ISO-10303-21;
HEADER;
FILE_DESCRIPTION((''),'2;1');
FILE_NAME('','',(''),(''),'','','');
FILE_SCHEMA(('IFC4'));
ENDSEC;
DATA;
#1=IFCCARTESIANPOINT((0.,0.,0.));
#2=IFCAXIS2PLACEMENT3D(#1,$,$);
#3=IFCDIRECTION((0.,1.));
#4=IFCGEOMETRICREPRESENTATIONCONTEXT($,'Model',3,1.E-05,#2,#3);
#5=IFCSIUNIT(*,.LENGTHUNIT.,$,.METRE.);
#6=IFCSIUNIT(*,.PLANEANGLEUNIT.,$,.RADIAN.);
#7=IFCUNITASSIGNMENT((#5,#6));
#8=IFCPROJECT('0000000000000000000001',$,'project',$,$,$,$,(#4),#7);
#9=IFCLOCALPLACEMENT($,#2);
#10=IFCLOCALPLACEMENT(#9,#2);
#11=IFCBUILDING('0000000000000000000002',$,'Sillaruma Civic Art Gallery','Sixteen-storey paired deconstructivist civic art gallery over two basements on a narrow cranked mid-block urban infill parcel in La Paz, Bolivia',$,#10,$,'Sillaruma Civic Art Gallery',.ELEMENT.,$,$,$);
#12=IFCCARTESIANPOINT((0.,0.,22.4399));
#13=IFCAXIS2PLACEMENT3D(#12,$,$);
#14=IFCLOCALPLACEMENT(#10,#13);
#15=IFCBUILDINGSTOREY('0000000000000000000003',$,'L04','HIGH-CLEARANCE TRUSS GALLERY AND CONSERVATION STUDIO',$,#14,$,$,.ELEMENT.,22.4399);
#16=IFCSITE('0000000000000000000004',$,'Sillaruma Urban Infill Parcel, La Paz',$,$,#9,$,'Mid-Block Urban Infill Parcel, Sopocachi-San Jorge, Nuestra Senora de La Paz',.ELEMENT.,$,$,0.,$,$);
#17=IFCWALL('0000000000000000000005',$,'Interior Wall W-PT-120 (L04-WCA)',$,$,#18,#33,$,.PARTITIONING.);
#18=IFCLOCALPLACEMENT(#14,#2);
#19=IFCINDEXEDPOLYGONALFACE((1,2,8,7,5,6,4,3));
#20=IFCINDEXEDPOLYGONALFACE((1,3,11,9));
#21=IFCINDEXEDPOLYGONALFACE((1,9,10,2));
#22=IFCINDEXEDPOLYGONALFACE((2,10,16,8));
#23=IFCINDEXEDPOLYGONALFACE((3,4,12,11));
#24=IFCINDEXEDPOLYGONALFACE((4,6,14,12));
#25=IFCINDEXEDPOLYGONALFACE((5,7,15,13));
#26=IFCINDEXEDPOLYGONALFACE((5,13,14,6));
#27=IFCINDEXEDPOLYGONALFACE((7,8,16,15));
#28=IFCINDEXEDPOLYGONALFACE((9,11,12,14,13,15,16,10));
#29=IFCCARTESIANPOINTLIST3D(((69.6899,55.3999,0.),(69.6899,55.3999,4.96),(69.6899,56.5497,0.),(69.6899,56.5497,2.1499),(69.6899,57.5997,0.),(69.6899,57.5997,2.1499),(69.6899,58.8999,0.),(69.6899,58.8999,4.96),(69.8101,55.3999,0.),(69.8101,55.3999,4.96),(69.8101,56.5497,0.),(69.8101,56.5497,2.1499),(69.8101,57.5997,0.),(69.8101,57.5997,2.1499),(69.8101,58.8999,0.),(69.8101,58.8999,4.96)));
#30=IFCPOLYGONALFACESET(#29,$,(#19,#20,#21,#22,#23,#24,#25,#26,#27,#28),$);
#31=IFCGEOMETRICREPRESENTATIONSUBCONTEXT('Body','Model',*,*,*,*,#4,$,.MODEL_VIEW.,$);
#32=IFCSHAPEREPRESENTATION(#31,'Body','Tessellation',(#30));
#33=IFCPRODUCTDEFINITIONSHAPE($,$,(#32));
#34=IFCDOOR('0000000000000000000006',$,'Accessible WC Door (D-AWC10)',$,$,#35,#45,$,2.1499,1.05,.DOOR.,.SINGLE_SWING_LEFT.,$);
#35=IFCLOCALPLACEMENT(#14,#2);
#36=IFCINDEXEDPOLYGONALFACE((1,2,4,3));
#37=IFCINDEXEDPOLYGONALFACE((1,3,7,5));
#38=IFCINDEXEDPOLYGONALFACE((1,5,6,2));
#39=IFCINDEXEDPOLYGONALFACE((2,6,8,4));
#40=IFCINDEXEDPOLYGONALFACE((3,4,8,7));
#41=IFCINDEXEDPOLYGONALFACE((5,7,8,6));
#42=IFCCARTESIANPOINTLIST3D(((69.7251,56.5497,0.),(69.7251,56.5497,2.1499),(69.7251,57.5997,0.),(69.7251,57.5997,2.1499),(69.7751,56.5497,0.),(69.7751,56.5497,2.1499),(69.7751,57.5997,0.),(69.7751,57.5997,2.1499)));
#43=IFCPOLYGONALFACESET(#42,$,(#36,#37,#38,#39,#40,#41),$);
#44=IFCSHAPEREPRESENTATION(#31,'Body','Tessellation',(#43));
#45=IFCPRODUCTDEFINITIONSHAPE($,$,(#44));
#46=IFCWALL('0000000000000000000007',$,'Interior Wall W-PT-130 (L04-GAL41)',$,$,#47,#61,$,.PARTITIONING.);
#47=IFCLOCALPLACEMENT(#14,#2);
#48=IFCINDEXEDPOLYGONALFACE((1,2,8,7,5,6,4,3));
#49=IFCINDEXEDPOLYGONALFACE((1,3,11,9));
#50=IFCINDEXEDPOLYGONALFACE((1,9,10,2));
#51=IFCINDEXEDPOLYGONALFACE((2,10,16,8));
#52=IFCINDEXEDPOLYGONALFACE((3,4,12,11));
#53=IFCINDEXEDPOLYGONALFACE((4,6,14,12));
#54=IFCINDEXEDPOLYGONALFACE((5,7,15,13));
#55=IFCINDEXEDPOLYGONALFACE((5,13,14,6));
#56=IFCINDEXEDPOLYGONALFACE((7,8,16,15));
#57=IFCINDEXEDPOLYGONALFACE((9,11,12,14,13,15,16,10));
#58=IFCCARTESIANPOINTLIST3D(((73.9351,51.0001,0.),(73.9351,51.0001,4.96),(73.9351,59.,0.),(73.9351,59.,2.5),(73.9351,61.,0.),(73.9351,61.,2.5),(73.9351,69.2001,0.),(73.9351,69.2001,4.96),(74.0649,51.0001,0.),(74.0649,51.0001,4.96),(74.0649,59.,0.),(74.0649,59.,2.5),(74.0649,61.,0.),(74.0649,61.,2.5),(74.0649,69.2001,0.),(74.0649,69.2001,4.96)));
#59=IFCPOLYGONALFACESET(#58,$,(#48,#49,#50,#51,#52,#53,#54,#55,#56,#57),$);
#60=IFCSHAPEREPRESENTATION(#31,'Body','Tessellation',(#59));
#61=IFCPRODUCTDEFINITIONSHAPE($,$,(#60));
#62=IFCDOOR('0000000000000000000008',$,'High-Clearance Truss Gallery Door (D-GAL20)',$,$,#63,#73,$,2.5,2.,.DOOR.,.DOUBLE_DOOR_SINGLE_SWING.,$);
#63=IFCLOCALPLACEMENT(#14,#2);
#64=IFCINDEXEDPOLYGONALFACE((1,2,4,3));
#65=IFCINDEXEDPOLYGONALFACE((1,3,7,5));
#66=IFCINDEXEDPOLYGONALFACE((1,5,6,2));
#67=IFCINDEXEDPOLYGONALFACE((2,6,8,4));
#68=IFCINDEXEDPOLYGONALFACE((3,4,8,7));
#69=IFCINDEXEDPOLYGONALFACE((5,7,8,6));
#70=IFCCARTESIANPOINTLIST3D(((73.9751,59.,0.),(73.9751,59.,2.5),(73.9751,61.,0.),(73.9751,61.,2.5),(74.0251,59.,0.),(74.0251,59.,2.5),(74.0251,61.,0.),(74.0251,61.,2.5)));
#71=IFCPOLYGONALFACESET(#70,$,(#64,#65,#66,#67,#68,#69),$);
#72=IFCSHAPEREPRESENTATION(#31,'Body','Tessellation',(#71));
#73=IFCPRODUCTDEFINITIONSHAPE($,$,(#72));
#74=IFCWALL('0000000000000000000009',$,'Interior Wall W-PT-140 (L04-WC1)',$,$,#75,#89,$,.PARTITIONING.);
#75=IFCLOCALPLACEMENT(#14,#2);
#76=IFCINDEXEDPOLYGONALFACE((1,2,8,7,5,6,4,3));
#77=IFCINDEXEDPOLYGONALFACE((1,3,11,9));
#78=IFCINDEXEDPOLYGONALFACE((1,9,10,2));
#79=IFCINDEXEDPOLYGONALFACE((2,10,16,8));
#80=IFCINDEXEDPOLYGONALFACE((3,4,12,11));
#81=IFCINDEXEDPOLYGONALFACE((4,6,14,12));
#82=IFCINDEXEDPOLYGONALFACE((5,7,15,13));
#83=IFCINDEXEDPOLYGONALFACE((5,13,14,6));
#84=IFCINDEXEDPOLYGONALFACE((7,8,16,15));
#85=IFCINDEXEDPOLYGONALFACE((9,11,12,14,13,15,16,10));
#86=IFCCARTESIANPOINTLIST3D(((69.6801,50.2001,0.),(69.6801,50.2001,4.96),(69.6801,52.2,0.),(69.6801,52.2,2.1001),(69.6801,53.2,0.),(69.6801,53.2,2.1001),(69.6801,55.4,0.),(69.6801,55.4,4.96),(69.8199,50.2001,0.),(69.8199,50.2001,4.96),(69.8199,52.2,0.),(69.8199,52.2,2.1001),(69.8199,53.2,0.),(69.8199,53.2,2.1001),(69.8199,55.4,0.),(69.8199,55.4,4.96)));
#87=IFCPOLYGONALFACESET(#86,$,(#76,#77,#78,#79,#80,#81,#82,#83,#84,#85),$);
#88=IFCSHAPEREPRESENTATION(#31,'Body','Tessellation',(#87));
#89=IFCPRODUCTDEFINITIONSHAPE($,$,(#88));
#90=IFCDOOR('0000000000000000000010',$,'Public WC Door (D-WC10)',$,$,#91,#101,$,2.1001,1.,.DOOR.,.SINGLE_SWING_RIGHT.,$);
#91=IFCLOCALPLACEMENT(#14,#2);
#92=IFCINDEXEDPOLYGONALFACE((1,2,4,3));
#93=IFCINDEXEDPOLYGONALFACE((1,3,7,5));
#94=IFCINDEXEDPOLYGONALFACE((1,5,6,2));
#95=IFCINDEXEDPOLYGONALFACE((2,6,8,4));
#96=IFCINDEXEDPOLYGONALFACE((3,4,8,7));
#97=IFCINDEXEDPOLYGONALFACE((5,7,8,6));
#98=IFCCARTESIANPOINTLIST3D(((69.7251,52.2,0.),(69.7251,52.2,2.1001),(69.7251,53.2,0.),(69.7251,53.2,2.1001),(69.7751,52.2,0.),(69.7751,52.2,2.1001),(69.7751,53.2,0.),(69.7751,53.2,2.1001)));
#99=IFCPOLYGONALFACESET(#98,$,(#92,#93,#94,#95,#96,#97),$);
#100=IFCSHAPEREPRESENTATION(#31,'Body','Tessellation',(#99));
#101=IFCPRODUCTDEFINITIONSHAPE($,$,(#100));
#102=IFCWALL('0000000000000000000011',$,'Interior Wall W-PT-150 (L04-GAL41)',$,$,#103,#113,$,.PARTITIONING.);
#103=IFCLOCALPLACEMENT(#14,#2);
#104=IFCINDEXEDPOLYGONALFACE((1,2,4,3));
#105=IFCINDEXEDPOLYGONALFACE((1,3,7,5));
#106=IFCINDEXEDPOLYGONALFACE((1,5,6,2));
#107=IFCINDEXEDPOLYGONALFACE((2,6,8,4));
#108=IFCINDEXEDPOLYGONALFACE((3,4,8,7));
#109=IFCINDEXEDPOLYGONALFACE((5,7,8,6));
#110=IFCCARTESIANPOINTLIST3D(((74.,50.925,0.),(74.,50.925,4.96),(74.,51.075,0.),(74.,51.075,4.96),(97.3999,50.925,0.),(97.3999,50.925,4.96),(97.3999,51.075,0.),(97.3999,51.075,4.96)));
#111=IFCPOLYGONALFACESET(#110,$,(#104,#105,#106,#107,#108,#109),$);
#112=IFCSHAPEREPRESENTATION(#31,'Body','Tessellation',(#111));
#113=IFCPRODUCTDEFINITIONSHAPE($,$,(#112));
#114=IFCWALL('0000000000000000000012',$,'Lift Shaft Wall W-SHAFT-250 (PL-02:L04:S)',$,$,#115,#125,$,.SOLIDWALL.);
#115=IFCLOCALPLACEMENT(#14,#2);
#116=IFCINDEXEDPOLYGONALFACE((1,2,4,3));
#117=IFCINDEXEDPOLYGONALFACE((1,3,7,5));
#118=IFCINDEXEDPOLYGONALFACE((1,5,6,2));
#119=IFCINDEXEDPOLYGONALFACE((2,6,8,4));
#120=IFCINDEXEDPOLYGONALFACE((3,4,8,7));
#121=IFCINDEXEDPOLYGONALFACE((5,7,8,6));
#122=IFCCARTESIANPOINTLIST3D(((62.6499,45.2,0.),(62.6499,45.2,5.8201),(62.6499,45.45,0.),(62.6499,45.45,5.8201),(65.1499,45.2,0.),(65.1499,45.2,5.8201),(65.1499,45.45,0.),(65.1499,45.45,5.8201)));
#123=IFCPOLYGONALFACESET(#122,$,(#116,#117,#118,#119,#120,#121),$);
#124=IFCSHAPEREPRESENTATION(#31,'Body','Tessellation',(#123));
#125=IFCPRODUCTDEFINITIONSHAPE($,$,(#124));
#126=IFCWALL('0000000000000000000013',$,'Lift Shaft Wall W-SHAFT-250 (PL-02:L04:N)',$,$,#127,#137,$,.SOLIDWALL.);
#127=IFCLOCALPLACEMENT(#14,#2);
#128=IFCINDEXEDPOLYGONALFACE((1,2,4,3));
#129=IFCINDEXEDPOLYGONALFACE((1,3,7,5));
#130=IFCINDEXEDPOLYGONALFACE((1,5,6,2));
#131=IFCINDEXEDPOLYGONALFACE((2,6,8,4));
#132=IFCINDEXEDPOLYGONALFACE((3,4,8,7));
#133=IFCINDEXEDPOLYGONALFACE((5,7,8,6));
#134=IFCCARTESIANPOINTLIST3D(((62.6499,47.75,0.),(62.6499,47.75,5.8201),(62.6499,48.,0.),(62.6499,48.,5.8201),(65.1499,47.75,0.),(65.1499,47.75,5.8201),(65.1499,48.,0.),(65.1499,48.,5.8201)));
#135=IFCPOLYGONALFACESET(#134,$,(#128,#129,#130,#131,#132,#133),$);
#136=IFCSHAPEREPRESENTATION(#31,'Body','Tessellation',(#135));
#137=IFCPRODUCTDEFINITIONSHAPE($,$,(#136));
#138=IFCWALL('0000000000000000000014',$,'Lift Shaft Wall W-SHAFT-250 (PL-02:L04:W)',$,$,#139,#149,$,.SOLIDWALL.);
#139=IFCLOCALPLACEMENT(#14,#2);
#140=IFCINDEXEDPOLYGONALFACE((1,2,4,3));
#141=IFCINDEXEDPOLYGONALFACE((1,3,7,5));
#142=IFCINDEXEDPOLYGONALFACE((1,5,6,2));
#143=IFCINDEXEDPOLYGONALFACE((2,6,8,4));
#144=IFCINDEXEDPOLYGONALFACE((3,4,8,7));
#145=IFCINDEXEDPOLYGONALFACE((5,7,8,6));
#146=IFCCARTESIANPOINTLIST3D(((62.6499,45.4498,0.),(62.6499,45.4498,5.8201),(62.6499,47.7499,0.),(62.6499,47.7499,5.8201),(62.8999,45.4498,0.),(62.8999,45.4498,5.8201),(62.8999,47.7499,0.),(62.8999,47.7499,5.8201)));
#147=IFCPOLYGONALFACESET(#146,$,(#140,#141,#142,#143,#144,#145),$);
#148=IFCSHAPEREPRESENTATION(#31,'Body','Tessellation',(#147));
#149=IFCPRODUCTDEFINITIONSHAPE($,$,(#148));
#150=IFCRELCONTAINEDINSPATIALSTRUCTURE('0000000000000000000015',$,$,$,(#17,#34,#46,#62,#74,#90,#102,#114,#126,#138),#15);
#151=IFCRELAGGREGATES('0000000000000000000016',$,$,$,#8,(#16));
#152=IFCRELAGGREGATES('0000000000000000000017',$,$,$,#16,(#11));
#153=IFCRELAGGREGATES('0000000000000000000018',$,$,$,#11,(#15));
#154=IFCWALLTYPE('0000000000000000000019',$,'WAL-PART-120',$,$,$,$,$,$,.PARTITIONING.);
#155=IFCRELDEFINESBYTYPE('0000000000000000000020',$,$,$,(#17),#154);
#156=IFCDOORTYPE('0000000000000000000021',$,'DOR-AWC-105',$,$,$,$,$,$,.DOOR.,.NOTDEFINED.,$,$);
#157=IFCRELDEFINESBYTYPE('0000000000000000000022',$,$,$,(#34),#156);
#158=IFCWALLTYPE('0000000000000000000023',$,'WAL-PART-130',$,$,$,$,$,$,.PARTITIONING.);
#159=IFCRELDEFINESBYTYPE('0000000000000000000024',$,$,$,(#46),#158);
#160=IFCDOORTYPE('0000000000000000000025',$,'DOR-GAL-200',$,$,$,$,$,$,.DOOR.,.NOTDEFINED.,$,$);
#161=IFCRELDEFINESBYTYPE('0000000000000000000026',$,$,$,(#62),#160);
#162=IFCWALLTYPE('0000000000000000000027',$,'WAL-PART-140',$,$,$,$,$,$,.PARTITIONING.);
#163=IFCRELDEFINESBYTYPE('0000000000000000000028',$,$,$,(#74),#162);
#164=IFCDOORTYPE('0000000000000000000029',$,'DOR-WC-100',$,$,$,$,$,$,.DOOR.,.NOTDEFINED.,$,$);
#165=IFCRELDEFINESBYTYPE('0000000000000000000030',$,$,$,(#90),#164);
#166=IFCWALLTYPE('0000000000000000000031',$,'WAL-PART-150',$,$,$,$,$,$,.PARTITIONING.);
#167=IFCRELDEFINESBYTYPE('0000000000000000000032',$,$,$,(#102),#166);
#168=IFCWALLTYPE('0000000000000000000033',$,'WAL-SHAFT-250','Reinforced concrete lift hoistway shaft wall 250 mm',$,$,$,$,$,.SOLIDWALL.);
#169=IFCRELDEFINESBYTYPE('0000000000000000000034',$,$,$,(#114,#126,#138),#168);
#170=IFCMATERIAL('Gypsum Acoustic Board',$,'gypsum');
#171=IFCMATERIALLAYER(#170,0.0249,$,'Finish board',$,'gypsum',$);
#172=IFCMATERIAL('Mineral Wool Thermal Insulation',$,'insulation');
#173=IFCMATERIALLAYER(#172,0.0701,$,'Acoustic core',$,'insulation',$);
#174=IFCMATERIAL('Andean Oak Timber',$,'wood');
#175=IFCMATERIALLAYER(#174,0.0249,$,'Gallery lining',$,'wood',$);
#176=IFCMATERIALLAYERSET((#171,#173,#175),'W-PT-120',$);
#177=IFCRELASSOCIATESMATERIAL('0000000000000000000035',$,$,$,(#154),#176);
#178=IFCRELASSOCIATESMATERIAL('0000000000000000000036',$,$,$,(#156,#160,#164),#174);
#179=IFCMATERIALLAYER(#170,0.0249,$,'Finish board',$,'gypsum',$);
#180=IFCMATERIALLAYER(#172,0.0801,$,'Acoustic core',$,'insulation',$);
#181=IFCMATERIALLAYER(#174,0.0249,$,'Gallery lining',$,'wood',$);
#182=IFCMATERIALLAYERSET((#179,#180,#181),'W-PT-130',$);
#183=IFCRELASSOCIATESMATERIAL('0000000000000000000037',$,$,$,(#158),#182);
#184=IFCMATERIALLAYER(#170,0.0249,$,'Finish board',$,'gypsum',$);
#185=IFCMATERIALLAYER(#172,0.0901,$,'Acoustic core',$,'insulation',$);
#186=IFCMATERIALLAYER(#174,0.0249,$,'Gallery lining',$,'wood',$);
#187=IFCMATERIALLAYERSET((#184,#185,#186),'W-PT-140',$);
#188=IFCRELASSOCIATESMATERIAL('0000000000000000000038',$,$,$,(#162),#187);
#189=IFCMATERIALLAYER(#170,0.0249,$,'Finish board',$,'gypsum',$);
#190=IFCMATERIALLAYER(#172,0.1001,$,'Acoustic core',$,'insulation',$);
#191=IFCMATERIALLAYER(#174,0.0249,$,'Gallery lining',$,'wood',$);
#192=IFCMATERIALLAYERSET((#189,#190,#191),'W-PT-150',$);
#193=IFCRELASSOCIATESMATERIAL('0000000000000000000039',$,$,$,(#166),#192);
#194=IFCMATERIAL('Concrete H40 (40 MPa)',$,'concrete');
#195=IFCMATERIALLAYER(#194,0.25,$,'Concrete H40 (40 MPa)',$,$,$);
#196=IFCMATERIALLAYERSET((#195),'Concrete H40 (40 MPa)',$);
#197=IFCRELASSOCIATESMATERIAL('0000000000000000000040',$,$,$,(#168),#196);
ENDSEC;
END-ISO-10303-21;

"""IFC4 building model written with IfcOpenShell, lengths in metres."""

from ifc_helpers import new_model, si_unit, direction, frame, frame_2d, origin, place, context, subcontext, project, spatial, rectangle, extrude, material, layer, layer_set, type_object, element, fill, save


model = new_model("IFC4")

# Units and contexts
model_context = context("Model", 3, precision=1e-05, world=origin(), true_north=direction((0.0, 1.0)))
body_context = subcontext(model_context, "Body", "Model", "MODEL_VIEW")
ifc_project = project(units=[si_unit("LENGTHUNIT", "METRE"), si_unit("PLANEANGLEUNIT", "RADIAN")], contexts=[model_context])

# Site, building, storey
site_placement = place(None, origin())
site = spatial("IfcSite", under=ifc_project, at=site_placement, Name="Sillaruma Urban Infill Parcel, La Paz", LongName="Mid-Block Urban Infill Parcel, Sopocachi-San Jorge, Nuestra Senora de La Paz", CompositionType="ELEMENT", RefElevation=0.0)
building_placement = place(site_placement, origin())
building = spatial("IfcBuilding", under=site, at=building_placement, Name="Sillaruma Civic Art Gallery", Description="Sixteen-storey paired deconstructivist civic art gallery over two basements on a narrow cranked mid-block urban infill parcel in La Paz, Bolivia", LongName="Sillaruma Civic Art Gallery", CompositionType="ELEMENT")
storey_placement = place(building_placement, frame((0.0, 0.0, 22.4399)))
storey = spatial("IfcBuildingStorey", under=building, at=storey_placement, Name="L04", Description="HIGH-CLEARANCE TRUSS GALLERY AND CONSERVATION STUDIO", CompositionType="ELEMENT", Elevation=22.4399)

# Shared definitions
ifc_material_1 = material(Name="Concrete H40 (40 MPa)", Category="concrete")

# Walls, openings, doors
ifc_material_2 = material(Name="Gypsum Acoustic Board", Category="gypsum")
ifc_layer_1 = layer(ifc_material_2, 0.0249, Name="Finish board", Category="gypsum")
ifc_material_3 = material(Name="Mineral Wool Thermal Insulation", Category="insulation")
ifc_layer_2 = layer(ifc_material_3, 0.0701, Name="Acoustic core", Category="insulation")
ifc_material_4 = material(Name="Andean Oak Timber", Category="wood")
ifc_layer_3 = layer(ifc_material_4, 0.0249, Name="Gallery lining", Category="wood")
ifc_layer_set_1 = layer_set([ifc_layer_1, ifc_layer_2, ifc_layer_3], Name="W-PT-120")
wall_type_1 = type_object("IfcWallType", Name="WAL-PART-120", PredefinedType="PARTITIONING", material=ifc_layer_set_1)
wall_1_placement = place(storey_placement, frame((69.75, 55.3999, 0.0), z_axis=(0.0, 0.0, 1.0), x_axis=(0.0, 1.0, 0.0)))
wall_1 = element("IfcWall", 1, at=wall_1_placement, inside=storey, type_object=wall_type_1, Name="Interior Wall W-PT-120 (L04-WCA)", PredefinedType="PARTITIONING", context=body_context, shape_type="SweptSolid", body=[
    extrude(rectangle(XDim=3.5, YDim=0.1201, at=frame_2d((1.75, 0.0))), origin(), (0.0, 0.0, 1.0), 4.96),
])
opening_1_placement = place(wall_1_placement, frame((1.1499, 0.0, 0.0)))
opening_1 = element("IfcOpeningElement", 2, at=opening_1_placement, cuts=wall_1, PredefinedType="OPENING", context=body_context, shape_type="SweptSolid", body=[
    extrude(rectangle(XDim=1.05, YDim=2.1499, at=frame_2d((0.5249, 1.075))), frame((0.0, 0.0701, 0.0), z_axis=(0.0, -1.0, 0.0), x_axis=(1.0, 0.0, 0.0)), (0.0, 0.0, 1.0), 0.1401),
])
door_type_1 = type_object("IfcDoorType", Name="DOR-AWC-105", OperationType="NOTDEFINED", PredefinedType="DOOR", material=ifc_material_4)
door_1_placement = place(opening_1_placement, origin())
door_1 = element("IfcDoor", 3, at=door_1_placement, inside=storey, type_object=door_type_1, Name="Accessible WC Door (D-AWC10)", OperationType="SINGLE_SWING_LEFT", OverallHeight=2.1499, OverallWidth=1.05, PredefinedType="DOOR", context=body_context, shape_type="SweptSolid", body=[
    extrude(rectangle(XDim=1.05, YDim=2.1499, at=frame_2d((0.5249, 1.075))), frame((0.0, 0.0249, 0.0), z_axis=(0.0, -1.0, 0.0), x_axis=(1.0, 0.0, 0.0)), (0.0, 0.0, 1.0), 0.05),
])
fill(opening_1, door_1)
ifc_layer_4 = layer(ifc_material_2, 0.0249, Name="Finish board", Category="gypsum")
ifc_layer_5 = layer(ifc_material_3, 0.0801, Name="Acoustic core", Category="insulation")
ifc_layer_6 = layer(ifc_material_4, 0.0249, Name="Gallery lining", Category="wood")
ifc_layer_set_2 = layer_set([ifc_layer_4, ifc_layer_5, ifc_layer_6], Name="W-PT-130")
wall_type_2 = type_object("IfcWallType", Name="WAL-PART-130", PredefinedType="PARTITIONING", material=ifc_layer_set_2)
wall_2_placement = place(storey_placement, frame((74.0, 51.0, 0.0), z_axis=(0.0, 0.0, 1.0), x_axis=(0.0, 1.0, 0.0)))
wall_2 = element("IfcWall", 4, at=wall_2_placement, inside=storey, type_object=wall_type_2, Name="Interior Wall W-PT-130 (L04-GAL41)", PredefinedType="PARTITIONING", context=body_context, shape_type="SweptSolid", body=[
    extrude(rectangle(XDim=18.2, YDim=0.1299, at=frame_2d((9.1001, 0.0))), origin(), (0.0, 0.0, 1.0), 4.96),
])
opening_2_placement = place(wall_2_placement, frame((8.0, 0.0, 0.0)))
opening_2 = element("IfcOpeningElement", 5, at=opening_2_placement, cuts=wall_2, PredefinedType="OPENING", context=body_context, shape_type="SweptSolid", body=[
    extrude(rectangle(XDim=2.0, YDim=2.5, at=frame_2d((1.0, 1.25))), frame((0.0, 0.075, 0.0), z_axis=(0.0, -1.0, 0.0), x_axis=(1.0, 0.0, 0.0)), (0.0, 0.0, 1.0), 0.1499),
])
door_type_2 = type_object("IfcDoorType", Name="DOR-GAL-200", OperationType="NOTDEFINED", PredefinedType="DOOR", material=ifc_material_4)
door_2_placement = place(opening_2_placement, origin())
door_2 = element("IfcDoor", 6, at=door_2_placement, inside=storey, type_object=door_type_2, Name="High-Clearance Truss Gallery Door (D-GAL20)", OperationType="DOUBLE_DOOR_SINGLE_SWING", OverallHeight=2.5, OverallWidth=2.0, PredefinedType="DOOR", context=body_context, shape_type="SweptSolid", body=[
    extrude(rectangle(XDim=2.0, YDim=2.5, at=frame_2d((1.0, 1.25))), frame((0.0, 0.0249, 0.0), z_axis=(0.0, -1.0, 0.0), x_axis=(1.0, 0.0, 0.0)), (0.0, 0.0, 1.0), 0.05),
])
fill(opening_2, door_2)
ifc_layer_7 = layer(ifc_material_2, 0.0249, Name="Finish board", Category="gypsum")
ifc_layer_8 = layer(ifc_material_3, 0.0901, Name="Acoustic core", Category="insulation")
ifc_layer_9 = layer(ifc_material_4, 0.0249, Name="Gallery lining", Category="wood")
ifc_layer_set_3 = layer_set([ifc_layer_7, ifc_layer_8, ifc_layer_9], Name="W-PT-140")
wall_type_3 = type_object("IfcWallType", Name="WAL-PART-140", PredefinedType="PARTITIONING", material=ifc_layer_set_3)
wall_3_placement = place(storey_placement, frame((69.75, 50.2, 0.0), z_axis=(0.0, 0.0, 1.0), x_axis=(0.0, 1.0, 0.0)))
wall_3 = element("IfcWall", 7, at=wall_3_placement, inside=storey, type_object=wall_type_3, Name="Interior Wall W-PT-140 (L04-WC1)", PredefinedType="PARTITIONING", context=body_context, shape_type="SweptSolid", body=[
    extrude(rectangle(XDim=5.2, YDim=0.1399, at=frame_2d((2.6001, 0.0))), origin(), (0.0, 0.0, 1.0), 4.96),
])
opening_3_placement = place(wall_3_placement, frame((2.0, 0.0, 0.0)))
opening_3 = element("IfcOpeningElement", 8, at=opening_3_placement, cuts=wall_3, PredefinedType="OPENING", context=body_context, shape_type="SweptSolid", body=[
    extrude(rectangle(XDim=1.0, YDim=2.1001, at=frame_2d((0.5, 1.05))), frame((0.0, 0.0798, 0.0), z_axis=(0.0, -1.0, 0.0), x_axis=(1.0, 0.0, 0.0)), (0.0, 0.0, 1.0), 0.1599),
])
door_type_3 = type_object("IfcDoorType", Name="DOR-WC-100", OperationType="NOTDEFINED", PredefinedType="DOOR", material=ifc_material_4)
door_3_placement = place(opening_3_placement, origin())
door_3 = element("IfcDoor", 9, at=door_3_placement, inside=storey, type_object=door_type_3, Name="Public WC Door (D-WC10)", OperationType="SINGLE_SWING_RIGHT", OverallHeight=2.1001, OverallWidth=1.0, PredefinedType="DOOR", context=body_context, shape_type="SweptSolid", body=[
    extrude(rectangle(XDim=1.0, YDim=2.1001, at=frame_2d((0.5, 1.05))), frame((0.0, 0.0249, 0.0), z_axis=(0.0, -1.0, 0.0), x_axis=(1.0, 0.0, 0.0)), (0.0, 0.0, 1.0), 0.05),
])
fill(opening_3, door_3)

# Walls
ifc_layer_10 = layer(ifc_material_2, 0.0249, Name="Finish board", Category="gypsum")
ifc_layer_11 = layer(ifc_material_3, 0.1001, Name="Acoustic core", Category="insulation")
ifc_layer_12 = layer(ifc_material_4, 0.0249, Name="Gallery lining", Category="wood")
ifc_layer_set_4 = layer_set([ifc_layer_10, ifc_layer_11, ifc_layer_12], Name="W-PT-150")
wall_type_4 = type_object("IfcWallType", Name="WAL-PART-150", PredefinedType="PARTITIONING", material=ifc_layer_set_4)
wall_4_placement = place(storey_placement, frame((74.0, 51.0, 0.0), z_axis=(0.0, 0.0, 1.0), x_axis=(1.0, 0.0, 0.0)))
element("IfcWall", 10, at=wall_4_placement, inside=storey, type_object=wall_type_4, Name="Interior Wall W-PT-150 (L04-GAL41)", PredefinedType="PARTITIONING", context=body_context, shape_type="SweptSolid", body=[
    extrude(rectangle(XDim=23.3999, YDim=0.1499, at=frame_2d((11.7, 0.0))), origin(), (0.0, 0.0, 1.0), 4.96),
])
ifc_layer_13 = layer(ifc_material_1, 0.25, Name="Concrete H40 (40 MPa)")
ifc_layer_set_5 = layer_set([ifc_layer_13], Name="Concrete H40 (40 MPa)")
wall_type_5 = type_object("IfcWallType", Name="WAL-SHAFT-250", Description="Reinforced concrete lift hoistway shaft wall 250 mm", PredefinedType="SOLIDWALL", material=ifc_layer_set_5)
for number, where, z_axis, x_axis, name in (
    (11, (62.6499, 45.325, 0.0), (0.0, 0.0, 1.0), (1.0, 0.0, 0.0), "Lift Shaft Wall W-SHAFT-250 (PL-02:L04:S)"),
    (12, (62.6499, 47.875, 0.0), (0.0, 0.0, 1.0), (1.0, 0.0, 0.0), "Lift Shaft Wall W-SHAFT-250 (PL-02:L04:N)"),
):
    element("IfcWall", number, at=place(storey_placement, frame(where, z_axis=z_axis, x_axis=x_axis)), inside=storey, type_object=wall_type_5, Name=name, PredefinedType="SOLIDWALL", context=body_context, shape_type="SweptSolid", body=[
        extrude(rectangle(XDim=2.5, YDim=0.25, at=frame_2d((1.25, 0.0))), origin(), (0.0, 0.0, 1.0), 5.8201),
    ])
wall_5_placement = place(storey_placement, frame((62.7749, 45.45, 0.0), z_axis=(0.0, 0.0, 1.0), x_axis=(0.0, 1.0, 0.0)))
element("IfcWall", 13, at=wall_5_placement, inside=storey, type_object=wall_type_5, Name="Lift Shaft Wall W-SHAFT-250 (PL-02:L04:W)", PredefinedType="SOLIDWALL", context=body_context, shape_type="SweptSolid", body=[
    extrude(rectangle(XDim=2.3, YDim=0.25, at=frame_2d((1.1499, 0.0))), origin(), (0.0, 0.0, 1.0), 5.8201),
])

save(model, "model.ifc")
